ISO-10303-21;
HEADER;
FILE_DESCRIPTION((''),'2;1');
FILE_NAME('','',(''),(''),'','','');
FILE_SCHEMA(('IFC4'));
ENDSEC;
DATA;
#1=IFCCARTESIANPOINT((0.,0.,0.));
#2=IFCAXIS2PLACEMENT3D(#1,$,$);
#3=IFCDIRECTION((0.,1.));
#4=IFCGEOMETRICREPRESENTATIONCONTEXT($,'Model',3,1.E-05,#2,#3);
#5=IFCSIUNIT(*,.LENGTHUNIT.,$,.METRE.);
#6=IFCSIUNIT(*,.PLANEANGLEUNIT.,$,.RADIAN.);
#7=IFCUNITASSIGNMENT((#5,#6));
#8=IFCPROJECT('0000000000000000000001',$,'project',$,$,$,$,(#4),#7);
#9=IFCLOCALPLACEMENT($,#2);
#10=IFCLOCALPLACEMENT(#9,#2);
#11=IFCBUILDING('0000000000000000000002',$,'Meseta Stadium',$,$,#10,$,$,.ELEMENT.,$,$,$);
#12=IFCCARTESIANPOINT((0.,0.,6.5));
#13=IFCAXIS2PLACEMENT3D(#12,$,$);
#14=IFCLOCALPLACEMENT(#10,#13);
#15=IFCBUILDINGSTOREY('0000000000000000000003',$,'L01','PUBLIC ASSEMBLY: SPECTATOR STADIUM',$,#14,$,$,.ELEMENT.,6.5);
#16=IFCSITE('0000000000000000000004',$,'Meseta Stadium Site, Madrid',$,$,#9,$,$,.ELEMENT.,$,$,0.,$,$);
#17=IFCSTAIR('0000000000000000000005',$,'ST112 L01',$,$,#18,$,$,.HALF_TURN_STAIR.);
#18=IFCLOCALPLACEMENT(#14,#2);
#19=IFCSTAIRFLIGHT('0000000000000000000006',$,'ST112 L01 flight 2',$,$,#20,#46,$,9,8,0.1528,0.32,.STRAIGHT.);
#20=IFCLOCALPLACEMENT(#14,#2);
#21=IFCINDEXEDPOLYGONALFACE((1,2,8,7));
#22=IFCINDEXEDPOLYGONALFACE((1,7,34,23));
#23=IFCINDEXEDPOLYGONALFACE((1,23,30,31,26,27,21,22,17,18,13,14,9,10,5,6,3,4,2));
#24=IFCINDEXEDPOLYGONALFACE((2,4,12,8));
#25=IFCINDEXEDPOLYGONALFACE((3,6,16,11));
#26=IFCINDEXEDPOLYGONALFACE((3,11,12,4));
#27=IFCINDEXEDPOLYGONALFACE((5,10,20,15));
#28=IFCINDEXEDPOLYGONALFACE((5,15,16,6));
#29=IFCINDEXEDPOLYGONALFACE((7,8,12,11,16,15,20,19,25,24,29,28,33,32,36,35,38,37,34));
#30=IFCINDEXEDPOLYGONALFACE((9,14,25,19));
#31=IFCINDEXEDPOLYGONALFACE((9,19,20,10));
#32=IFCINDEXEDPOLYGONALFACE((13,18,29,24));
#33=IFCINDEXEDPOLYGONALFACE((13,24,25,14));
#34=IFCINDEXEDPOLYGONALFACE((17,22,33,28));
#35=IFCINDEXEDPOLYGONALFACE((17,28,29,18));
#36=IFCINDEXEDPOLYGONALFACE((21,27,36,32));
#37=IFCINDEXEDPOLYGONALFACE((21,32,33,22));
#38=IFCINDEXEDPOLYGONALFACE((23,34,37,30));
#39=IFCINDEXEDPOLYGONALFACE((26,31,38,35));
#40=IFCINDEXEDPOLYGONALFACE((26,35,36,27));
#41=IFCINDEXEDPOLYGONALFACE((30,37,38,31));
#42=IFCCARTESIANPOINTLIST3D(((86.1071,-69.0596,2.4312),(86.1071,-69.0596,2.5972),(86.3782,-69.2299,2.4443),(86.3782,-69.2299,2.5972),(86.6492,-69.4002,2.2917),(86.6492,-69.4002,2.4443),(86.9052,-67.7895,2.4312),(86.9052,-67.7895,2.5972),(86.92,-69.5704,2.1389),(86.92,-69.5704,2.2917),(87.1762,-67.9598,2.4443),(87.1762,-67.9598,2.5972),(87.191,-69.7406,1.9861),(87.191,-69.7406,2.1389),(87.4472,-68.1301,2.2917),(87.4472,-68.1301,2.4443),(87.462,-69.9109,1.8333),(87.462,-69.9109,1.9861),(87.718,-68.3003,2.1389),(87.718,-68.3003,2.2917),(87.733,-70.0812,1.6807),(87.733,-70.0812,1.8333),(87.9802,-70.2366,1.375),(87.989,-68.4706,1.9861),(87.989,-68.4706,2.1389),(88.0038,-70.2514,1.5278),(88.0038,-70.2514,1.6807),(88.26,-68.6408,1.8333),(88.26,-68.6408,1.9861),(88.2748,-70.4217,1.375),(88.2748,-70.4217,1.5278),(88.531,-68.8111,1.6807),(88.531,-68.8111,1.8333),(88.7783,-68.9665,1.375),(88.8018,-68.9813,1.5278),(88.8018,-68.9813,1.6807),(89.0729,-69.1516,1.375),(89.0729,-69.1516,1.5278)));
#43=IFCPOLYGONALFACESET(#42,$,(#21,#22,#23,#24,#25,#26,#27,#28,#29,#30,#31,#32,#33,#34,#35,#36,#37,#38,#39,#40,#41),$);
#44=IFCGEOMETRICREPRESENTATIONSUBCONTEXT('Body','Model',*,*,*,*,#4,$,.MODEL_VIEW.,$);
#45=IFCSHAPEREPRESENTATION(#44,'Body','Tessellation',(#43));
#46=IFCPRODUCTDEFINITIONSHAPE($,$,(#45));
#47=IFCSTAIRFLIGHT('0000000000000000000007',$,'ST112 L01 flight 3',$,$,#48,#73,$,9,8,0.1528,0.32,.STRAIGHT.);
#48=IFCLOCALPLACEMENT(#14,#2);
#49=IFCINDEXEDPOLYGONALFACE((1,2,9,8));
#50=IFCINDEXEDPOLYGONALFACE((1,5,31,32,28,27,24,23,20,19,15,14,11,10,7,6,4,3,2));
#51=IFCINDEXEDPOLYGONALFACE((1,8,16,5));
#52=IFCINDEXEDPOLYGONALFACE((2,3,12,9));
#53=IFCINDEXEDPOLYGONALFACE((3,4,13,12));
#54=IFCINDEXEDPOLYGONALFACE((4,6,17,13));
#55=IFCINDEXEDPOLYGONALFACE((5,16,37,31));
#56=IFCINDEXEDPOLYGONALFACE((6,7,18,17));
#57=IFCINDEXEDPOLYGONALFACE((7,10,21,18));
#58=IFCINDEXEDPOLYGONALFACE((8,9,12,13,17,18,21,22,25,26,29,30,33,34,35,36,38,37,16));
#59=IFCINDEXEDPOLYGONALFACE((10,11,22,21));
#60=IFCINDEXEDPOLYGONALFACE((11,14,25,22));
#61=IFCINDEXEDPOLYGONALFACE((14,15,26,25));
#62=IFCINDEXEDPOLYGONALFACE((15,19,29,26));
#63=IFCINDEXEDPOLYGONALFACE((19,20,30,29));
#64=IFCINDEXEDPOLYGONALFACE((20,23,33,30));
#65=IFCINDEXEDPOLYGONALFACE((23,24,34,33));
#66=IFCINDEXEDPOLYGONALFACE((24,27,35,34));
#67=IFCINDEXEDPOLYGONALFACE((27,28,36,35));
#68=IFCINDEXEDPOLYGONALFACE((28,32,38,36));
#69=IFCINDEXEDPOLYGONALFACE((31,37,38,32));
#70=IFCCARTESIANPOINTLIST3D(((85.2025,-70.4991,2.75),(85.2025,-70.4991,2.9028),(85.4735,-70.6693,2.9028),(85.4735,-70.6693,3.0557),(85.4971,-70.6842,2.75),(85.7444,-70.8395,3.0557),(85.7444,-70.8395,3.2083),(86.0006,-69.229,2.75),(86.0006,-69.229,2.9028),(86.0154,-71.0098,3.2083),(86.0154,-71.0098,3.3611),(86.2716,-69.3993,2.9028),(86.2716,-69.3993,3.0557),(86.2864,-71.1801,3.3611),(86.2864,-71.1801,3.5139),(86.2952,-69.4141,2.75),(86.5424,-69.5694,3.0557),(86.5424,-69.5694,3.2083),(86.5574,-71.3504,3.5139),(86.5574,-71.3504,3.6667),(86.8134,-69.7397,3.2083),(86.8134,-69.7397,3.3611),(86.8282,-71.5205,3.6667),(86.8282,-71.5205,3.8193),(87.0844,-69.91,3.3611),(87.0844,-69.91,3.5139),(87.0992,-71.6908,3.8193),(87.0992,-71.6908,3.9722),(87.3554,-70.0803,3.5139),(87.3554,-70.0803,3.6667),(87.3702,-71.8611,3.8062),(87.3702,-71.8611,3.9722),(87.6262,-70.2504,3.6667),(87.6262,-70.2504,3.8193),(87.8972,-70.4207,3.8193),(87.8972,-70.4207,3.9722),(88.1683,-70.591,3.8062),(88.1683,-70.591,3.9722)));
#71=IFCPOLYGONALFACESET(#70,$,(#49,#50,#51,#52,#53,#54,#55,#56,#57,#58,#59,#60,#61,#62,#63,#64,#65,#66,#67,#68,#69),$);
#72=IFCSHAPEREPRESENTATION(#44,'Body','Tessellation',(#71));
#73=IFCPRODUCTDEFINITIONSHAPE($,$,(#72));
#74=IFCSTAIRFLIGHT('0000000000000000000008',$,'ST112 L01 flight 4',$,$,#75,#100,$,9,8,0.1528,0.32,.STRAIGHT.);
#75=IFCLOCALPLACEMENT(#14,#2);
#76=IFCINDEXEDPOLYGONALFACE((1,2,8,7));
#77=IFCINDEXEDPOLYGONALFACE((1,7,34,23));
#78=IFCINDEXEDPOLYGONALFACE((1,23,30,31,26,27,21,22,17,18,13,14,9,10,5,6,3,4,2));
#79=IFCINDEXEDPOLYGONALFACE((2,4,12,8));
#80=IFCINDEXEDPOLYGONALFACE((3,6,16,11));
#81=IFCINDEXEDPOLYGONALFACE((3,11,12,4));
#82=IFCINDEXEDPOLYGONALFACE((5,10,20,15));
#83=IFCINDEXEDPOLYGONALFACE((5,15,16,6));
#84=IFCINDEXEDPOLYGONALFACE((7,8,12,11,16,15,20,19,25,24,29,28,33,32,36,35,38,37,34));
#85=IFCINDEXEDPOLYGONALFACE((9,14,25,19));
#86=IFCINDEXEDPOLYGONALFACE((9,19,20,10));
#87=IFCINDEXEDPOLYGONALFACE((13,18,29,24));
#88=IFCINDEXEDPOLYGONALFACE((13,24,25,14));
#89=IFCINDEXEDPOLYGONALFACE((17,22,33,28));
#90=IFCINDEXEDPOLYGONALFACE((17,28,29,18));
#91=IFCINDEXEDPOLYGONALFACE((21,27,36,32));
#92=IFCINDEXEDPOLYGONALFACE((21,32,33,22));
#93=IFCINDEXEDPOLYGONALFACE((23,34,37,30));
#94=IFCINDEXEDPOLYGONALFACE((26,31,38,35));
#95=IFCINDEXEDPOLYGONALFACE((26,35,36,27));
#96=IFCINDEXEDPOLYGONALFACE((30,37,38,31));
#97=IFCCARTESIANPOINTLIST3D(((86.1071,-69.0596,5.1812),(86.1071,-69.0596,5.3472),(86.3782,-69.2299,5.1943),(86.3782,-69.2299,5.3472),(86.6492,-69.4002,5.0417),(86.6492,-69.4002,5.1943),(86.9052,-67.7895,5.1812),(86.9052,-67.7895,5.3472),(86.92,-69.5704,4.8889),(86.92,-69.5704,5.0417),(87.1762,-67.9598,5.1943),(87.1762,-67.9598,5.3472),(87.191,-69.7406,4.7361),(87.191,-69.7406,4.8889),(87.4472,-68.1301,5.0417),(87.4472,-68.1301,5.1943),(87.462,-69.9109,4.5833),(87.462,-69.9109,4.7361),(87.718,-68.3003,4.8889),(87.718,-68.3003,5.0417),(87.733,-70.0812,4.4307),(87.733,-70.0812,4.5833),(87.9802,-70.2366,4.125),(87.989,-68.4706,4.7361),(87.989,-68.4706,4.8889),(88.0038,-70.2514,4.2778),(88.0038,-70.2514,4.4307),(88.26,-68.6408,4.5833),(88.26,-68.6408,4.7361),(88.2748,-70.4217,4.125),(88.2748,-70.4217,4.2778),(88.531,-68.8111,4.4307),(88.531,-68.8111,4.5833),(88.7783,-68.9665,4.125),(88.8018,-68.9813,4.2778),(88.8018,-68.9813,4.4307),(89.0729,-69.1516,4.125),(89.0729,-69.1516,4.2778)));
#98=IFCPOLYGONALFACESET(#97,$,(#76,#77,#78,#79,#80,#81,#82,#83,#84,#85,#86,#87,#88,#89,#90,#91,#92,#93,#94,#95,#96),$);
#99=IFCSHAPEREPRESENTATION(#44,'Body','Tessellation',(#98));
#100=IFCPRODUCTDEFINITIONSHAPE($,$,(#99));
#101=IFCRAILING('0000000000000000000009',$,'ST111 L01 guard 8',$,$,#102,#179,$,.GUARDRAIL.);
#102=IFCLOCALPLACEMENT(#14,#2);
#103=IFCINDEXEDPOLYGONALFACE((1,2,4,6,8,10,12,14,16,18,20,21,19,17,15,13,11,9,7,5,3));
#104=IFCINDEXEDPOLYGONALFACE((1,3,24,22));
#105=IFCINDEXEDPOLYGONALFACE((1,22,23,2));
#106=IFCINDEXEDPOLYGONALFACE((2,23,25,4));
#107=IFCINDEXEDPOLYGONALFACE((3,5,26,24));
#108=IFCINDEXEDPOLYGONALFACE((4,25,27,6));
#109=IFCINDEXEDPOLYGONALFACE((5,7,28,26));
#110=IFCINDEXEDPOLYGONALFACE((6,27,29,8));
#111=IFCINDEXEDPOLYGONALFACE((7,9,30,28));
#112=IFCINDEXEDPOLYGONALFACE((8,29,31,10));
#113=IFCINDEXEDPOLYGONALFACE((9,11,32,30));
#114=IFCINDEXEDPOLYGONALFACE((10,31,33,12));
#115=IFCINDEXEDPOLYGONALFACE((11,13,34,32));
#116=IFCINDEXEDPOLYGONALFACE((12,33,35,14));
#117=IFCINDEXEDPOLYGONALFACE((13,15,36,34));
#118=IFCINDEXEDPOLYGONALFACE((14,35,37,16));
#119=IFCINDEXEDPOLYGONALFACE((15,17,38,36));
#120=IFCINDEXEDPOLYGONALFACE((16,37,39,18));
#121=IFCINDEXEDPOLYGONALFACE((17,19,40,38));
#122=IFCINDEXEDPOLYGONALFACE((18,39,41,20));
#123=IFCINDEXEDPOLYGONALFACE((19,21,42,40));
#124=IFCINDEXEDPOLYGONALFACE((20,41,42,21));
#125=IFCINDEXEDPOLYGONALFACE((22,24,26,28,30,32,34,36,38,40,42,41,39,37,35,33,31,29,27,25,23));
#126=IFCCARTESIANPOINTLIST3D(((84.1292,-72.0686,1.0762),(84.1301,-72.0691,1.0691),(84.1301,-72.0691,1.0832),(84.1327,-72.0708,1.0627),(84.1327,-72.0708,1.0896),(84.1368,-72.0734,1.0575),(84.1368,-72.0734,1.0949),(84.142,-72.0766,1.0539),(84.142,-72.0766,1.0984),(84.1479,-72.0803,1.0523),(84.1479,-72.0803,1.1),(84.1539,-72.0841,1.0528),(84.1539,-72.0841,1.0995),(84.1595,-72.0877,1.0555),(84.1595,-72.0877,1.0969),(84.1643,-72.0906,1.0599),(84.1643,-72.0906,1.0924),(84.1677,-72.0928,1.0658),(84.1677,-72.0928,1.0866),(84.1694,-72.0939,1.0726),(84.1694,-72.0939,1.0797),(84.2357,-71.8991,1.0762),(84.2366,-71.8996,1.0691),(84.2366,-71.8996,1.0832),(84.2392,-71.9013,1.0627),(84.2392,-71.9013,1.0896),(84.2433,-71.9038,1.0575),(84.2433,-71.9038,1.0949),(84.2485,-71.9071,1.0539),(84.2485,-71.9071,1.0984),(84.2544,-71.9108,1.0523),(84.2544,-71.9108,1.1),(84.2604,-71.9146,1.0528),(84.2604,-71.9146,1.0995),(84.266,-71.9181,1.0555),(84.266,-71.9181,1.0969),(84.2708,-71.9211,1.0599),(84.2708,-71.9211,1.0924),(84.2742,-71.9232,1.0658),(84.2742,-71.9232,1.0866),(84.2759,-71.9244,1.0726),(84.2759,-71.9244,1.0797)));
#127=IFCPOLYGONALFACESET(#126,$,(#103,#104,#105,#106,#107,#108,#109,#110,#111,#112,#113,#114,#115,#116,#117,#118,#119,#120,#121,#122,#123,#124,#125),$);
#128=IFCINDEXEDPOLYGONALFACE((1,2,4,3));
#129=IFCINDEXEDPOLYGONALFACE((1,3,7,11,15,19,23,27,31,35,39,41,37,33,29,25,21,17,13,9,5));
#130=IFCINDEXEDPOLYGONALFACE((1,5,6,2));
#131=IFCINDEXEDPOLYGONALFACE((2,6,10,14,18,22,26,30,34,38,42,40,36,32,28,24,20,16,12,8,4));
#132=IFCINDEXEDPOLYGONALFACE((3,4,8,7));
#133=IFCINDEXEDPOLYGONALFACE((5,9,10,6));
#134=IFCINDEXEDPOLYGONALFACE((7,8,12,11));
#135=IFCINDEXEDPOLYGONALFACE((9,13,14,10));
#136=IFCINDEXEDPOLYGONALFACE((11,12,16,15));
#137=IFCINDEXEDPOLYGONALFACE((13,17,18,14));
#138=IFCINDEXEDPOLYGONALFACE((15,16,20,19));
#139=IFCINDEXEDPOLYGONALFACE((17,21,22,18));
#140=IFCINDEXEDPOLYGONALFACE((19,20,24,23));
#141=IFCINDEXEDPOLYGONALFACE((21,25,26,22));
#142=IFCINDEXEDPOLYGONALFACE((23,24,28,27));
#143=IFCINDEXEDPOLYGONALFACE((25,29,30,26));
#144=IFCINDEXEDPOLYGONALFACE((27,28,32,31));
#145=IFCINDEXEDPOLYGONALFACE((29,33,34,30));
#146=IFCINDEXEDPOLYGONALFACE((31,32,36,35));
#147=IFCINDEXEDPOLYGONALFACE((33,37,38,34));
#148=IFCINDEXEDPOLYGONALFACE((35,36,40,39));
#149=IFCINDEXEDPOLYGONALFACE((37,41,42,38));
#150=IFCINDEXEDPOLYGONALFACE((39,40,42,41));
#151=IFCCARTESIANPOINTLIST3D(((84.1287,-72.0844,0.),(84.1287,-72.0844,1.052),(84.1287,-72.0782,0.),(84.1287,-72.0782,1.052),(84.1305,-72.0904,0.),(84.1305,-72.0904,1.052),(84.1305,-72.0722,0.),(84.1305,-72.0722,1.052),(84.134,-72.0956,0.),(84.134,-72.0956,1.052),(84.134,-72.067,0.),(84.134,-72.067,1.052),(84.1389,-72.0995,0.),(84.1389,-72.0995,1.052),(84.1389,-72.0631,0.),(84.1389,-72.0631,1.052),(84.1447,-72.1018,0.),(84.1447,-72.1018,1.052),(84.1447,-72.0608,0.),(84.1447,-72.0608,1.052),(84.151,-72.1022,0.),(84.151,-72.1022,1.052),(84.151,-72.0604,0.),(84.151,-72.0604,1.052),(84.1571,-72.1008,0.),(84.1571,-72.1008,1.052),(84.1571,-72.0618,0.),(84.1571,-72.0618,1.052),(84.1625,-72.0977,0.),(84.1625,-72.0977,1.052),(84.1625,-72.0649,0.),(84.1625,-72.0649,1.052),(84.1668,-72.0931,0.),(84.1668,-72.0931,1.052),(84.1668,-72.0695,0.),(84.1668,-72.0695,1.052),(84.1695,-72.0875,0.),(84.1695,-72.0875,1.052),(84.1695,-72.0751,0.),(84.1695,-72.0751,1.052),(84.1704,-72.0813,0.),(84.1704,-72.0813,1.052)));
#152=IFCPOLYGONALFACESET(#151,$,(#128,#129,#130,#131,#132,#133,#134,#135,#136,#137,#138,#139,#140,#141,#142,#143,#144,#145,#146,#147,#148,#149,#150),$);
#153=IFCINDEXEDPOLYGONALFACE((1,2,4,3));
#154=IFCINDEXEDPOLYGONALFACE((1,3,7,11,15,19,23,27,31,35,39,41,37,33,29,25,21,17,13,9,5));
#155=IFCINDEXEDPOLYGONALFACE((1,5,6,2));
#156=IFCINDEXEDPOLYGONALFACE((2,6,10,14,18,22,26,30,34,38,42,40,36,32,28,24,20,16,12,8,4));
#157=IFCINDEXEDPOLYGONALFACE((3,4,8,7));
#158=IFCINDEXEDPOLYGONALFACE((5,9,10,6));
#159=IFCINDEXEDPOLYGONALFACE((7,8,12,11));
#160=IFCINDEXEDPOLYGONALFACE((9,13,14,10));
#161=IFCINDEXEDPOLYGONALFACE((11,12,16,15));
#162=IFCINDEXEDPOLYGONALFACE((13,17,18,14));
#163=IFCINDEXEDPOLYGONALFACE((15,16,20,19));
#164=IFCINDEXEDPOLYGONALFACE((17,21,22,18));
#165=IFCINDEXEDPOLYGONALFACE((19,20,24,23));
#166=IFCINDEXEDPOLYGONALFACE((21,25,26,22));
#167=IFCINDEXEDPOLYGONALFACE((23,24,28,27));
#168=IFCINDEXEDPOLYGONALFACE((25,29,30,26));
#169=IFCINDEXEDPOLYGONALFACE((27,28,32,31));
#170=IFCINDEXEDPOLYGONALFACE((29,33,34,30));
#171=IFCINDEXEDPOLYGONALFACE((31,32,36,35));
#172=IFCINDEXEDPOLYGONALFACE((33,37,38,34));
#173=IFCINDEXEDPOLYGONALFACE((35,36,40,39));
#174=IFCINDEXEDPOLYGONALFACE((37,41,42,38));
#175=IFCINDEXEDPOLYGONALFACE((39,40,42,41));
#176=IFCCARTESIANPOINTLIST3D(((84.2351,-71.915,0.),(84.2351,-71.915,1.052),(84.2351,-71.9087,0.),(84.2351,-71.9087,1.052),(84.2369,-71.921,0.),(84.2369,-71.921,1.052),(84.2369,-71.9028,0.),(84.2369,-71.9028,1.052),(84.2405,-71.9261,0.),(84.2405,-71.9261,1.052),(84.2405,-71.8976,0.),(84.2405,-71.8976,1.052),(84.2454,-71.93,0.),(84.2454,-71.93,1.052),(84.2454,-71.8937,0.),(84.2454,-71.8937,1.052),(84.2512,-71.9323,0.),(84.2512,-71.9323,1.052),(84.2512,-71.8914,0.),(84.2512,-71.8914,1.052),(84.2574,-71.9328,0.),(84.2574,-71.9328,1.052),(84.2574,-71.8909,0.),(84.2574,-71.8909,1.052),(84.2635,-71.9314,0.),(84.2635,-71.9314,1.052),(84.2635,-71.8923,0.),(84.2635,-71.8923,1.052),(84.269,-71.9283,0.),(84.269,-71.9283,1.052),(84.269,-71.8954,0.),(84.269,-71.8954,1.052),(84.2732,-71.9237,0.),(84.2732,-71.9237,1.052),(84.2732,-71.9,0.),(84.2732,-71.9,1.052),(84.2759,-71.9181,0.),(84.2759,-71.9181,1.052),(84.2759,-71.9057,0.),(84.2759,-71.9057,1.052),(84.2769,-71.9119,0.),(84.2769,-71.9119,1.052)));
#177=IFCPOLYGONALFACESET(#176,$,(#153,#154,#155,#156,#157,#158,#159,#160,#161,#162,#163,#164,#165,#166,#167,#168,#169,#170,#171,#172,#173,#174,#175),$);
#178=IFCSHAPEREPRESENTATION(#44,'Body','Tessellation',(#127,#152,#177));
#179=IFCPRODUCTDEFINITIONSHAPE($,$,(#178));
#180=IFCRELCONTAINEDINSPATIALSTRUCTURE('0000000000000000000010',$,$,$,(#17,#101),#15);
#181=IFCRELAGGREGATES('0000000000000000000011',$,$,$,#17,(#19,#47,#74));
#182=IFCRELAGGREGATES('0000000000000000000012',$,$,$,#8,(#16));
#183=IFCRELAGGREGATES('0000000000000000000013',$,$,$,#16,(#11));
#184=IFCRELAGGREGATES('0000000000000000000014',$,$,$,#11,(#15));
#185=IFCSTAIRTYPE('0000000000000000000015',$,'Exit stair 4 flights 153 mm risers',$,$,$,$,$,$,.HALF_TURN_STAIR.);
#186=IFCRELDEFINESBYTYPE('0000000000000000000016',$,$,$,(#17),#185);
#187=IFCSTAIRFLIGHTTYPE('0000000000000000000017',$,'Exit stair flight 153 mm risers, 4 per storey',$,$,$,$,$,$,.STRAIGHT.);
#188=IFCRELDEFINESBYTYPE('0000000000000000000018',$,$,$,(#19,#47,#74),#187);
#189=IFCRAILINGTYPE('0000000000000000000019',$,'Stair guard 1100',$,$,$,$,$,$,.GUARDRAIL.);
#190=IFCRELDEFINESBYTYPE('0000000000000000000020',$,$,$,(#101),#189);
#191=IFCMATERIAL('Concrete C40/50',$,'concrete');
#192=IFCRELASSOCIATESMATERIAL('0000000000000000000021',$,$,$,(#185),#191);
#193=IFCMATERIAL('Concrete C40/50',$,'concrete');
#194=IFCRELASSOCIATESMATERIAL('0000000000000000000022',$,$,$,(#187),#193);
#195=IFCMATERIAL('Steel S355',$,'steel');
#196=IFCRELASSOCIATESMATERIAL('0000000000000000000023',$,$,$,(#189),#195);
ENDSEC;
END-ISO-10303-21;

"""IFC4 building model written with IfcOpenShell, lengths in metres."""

from ifc_helpers import new_model, si_unit, direction, frame, origin, origin_2d, place, context, subcontext, project, spatial, polyline, circle, outline, extrude, material, type_object, element, aggregate, save


model = new_model("IFC4")

# Units and contexts
model_context = context("Model", 3, precision=1e-05, world=origin(), true_north=direction((0.0, 1.0)))
body_context = subcontext(model_context, "Body", "Model", "MODEL_VIEW")
ifc_project = project(units=[si_unit("LENGTHUNIT", "METRE"), si_unit("PLANEANGLEUNIT", "RADIAN")], contexts=[model_context])

# Site, building, storey
site_placement = place(None, origin())
site = spatial("IfcSite", under=ifc_project, at=site_placement, Name="Meseta Stadium Site, Madrid", CompositionType="ELEMENT", RefElevation=0.0)
building_placement = place(site_placement, origin())
building = spatial("IfcBuilding", under=site, at=building_placement, Name="Meseta Stadium", CompositionType="ELEMENT")
storey_placement = place(building_placement, frame((0.0, 0.0, 6.5)))
storey = spatial("IfcBuildingStorey", under=building, at=storey_placement, Name="L01", Description="PUBLIC ASSEMBLY: SPECTATOR STADIUM", CompositionType="ELEMENT", Elevation=6.5)

# Stair, stair flights
ifc_material_1 = material(Name="Concrete C40/50", Category="concrete")
stair_type = type_object("IfcStairType", Name="Exit stair 4 flights 153 mm risers", PredefinedType="HALF_TURN_STAIR", material=ifc_material_1)
stair_placement = place(storey_placement, origin())
stair = element("IfcStair", 1, at=stair_placement, inside=storey, type_object=stair_type, Name="ST112 L01", PredefinedType="HALF_TURN_STAIR")
ifc_material_2 = material(Name="Concrete C40/50", Category="concrete")
stair_flight_type = type_object("IfcStairFlightType", Name="Exit stair flight 153 mm risers, 4 per storey", PredefinedType="STRAIGHT", material=ifc_material_2)
stair_flight_1_placement = place(storey_placement, frame((88.6738, -69.7866, 1.375), z_axis=(0.0, 0.0, 1.0), x_axis=(-0.846724, 0.532032, 0.0)))
stair_flight_1 = element("IfcStairFlight", 2, at=stair_flight_1_placement, type_object=stair_flight_type, Name="ST112 L01 flight 2", NumberOfRisers=9, NumberOfTreads=8, PredefinedType="STRAIGHT", RiserHeight=0.1528, TreadLength=0.32, context=body_context, shape_type="SweptSolid", body=[
    extrude(outline(polyline([(0.0, 0.0), (0.0, 0.1528), (0.3201, 0.1528), (0.3201, 0.3057), (0.6399, 0.3057), (0.6399, 0.4583), (0.96, 0.4583), (0.96, 0.6111), (1.28, 0.6111), (1.28, 0.7639), (1.6001, 0.7639), (1.6001, 0.9167), (1.9199, 0.9167), (1.9199, 1.0693), (2.24, 1.0693), (2.24, 1.2222), (2.5601, 1.2222), (2.5601, 1.0562), (0.3479, 0.0), (0.0, 0.0)])), frame((0.0, 0.75, 0.0), z_axis=(0.0, -1.0, 0.0), x_axis=(1.0, 0.0, 0.0)), (0.0, 0.0, 1.0), 1.5),
])
stair_flight_2_placement = place(storey_placement, frame((85.6016, -69.864, 2.75), z_axis=(0.0, 0.0, 1.0), x_axis=(0.846724, -0.532032, 0.0)))
stair_flight_2 = element("IfcStairFlight", 3, at=stair_flight_2_placement, type_object=stair_flight_type, Name="ST112 L01 flight 3", NumberOfRisers=9, NumberOfTreads=8, PredefinedType="STRAIGHT", RiserHeight=0.1528, TreadLength=0.32, context=body_context, shape_type="SweptSolid", body=[
    extrude(outline(polyline([(0.0, 0.0), (0.0, 0.1528), (0.3201, 0.1528), (0.3201, 0.3057), (0.6399, 0.3057), (0.6399, 0.4583), (0.96, 0.4583), (0.96, 0.6111), (1.28, 0.6111), (1.28, 0.7639), (1.6001, 0.7639), (1.6001, 0.9167), (1.9199, 0.9167), (1.9199, 1.0693), (2.24, 1.0693), (2.24, 1.2222), (2.5601, 1.2222), (2.5601, 1.0562), (0.3479, 0.0), (0.0, 0.0)])), frame((0.0, 0.75, 0.0), z_axis=(0.0, -1.0, 0.0), x_axis=(1.0, 0.0, 0.0)), (0.0, 0.0, 1.0), 1.5),
])
stair_flight_3_placement = place(storey_placement, frame((88.6738, -69.7866, 4.125), z_axis=(0.0, 0.0, 1.0), x_axis=(-0.846724, 0.532032, 0.0)))
stair_flight_3 = element("IfcStairFlight", 4, at=stair_flight_3_placement, type_object=stair_flight_type, Name="ST112 L01 flight 4", NumberOfRisers=9, NumberOfTreads=8, PredefinedType="STRAIGHT", RiserHeight=0.1528, TreadLength=0.32, context=body_context, shape_type="SweptSolid", body=[
    extrude(outline(polyline([(0.0, 0.0), (0.0, 0.1528), (0.3201, 0.1528), (0.3201, 0.3057), (0.6399, 0.3057), (0.6399, 0.4583), (0.96, 0.4583), (0.96, 0.6111), (1.28, 0.6111), (1.28, 0.7639), (1.6001, 0.7639), (1.6001, 0.9167), (1.9199, 0.9167), (1.9199, 1.0693), (2.24, 1.0693), (2.24, 1.2222), (2.5601, 1.2222), (2.5601, 1.0562), (0.3479, 0.0), (0.0, 0.0)])), frame((0.0, 0.75, 0.0), z_axis=(0.0, -1.0, 0.0), x_axis=(1.0, 0.0, 0.0)), (0.0, 0.0, 1.0), 1.5),
])
aggregate(stair, [stair_flight_1, stair_flight_2, stair_flight_3])

# Railing
ifc_material_3 = material(Name="Steel S355", Category="steel")
railing_type_1 = type_object("IfcRailingType", Name="Stair guard 1100", PredefinedType="GUARDRAIL", material=ifc_material_3)
railing_1_placement = place(storey_placement, frame((84.1494, -72.0813, 0.0)))
element("IfcRailing", 5, at=railing_1_placement, inside=storey, type_object=railing_type_1, Name="ST111 L01 guard 8", PredefinedType="GUARDRAIL", context=body_context, shape_type="SweptSolid", body=[
    extrude(circle(Radius=0.0239, at=origin_2d()), frame((0.0, 0.0, 1.0762), z_axis=(0.531972, 0.846762, 0.0), x_axis=(-0.846762, 0.531972, 0.0)), (0.0, 0.0, 1.0), 0.2002),
    extrude(circle(Radius=0.021, at=origin_2d()), origin(), (0.0, 0.0, 1.0), 1.052),
    extrude(circle(Radius=0.021, at=origin_2d()), frame((0.1064, 0.1694, 0.0)), (0.0, 0.0, 1.0), 1.052),
])

save(model, "model.ifc")
